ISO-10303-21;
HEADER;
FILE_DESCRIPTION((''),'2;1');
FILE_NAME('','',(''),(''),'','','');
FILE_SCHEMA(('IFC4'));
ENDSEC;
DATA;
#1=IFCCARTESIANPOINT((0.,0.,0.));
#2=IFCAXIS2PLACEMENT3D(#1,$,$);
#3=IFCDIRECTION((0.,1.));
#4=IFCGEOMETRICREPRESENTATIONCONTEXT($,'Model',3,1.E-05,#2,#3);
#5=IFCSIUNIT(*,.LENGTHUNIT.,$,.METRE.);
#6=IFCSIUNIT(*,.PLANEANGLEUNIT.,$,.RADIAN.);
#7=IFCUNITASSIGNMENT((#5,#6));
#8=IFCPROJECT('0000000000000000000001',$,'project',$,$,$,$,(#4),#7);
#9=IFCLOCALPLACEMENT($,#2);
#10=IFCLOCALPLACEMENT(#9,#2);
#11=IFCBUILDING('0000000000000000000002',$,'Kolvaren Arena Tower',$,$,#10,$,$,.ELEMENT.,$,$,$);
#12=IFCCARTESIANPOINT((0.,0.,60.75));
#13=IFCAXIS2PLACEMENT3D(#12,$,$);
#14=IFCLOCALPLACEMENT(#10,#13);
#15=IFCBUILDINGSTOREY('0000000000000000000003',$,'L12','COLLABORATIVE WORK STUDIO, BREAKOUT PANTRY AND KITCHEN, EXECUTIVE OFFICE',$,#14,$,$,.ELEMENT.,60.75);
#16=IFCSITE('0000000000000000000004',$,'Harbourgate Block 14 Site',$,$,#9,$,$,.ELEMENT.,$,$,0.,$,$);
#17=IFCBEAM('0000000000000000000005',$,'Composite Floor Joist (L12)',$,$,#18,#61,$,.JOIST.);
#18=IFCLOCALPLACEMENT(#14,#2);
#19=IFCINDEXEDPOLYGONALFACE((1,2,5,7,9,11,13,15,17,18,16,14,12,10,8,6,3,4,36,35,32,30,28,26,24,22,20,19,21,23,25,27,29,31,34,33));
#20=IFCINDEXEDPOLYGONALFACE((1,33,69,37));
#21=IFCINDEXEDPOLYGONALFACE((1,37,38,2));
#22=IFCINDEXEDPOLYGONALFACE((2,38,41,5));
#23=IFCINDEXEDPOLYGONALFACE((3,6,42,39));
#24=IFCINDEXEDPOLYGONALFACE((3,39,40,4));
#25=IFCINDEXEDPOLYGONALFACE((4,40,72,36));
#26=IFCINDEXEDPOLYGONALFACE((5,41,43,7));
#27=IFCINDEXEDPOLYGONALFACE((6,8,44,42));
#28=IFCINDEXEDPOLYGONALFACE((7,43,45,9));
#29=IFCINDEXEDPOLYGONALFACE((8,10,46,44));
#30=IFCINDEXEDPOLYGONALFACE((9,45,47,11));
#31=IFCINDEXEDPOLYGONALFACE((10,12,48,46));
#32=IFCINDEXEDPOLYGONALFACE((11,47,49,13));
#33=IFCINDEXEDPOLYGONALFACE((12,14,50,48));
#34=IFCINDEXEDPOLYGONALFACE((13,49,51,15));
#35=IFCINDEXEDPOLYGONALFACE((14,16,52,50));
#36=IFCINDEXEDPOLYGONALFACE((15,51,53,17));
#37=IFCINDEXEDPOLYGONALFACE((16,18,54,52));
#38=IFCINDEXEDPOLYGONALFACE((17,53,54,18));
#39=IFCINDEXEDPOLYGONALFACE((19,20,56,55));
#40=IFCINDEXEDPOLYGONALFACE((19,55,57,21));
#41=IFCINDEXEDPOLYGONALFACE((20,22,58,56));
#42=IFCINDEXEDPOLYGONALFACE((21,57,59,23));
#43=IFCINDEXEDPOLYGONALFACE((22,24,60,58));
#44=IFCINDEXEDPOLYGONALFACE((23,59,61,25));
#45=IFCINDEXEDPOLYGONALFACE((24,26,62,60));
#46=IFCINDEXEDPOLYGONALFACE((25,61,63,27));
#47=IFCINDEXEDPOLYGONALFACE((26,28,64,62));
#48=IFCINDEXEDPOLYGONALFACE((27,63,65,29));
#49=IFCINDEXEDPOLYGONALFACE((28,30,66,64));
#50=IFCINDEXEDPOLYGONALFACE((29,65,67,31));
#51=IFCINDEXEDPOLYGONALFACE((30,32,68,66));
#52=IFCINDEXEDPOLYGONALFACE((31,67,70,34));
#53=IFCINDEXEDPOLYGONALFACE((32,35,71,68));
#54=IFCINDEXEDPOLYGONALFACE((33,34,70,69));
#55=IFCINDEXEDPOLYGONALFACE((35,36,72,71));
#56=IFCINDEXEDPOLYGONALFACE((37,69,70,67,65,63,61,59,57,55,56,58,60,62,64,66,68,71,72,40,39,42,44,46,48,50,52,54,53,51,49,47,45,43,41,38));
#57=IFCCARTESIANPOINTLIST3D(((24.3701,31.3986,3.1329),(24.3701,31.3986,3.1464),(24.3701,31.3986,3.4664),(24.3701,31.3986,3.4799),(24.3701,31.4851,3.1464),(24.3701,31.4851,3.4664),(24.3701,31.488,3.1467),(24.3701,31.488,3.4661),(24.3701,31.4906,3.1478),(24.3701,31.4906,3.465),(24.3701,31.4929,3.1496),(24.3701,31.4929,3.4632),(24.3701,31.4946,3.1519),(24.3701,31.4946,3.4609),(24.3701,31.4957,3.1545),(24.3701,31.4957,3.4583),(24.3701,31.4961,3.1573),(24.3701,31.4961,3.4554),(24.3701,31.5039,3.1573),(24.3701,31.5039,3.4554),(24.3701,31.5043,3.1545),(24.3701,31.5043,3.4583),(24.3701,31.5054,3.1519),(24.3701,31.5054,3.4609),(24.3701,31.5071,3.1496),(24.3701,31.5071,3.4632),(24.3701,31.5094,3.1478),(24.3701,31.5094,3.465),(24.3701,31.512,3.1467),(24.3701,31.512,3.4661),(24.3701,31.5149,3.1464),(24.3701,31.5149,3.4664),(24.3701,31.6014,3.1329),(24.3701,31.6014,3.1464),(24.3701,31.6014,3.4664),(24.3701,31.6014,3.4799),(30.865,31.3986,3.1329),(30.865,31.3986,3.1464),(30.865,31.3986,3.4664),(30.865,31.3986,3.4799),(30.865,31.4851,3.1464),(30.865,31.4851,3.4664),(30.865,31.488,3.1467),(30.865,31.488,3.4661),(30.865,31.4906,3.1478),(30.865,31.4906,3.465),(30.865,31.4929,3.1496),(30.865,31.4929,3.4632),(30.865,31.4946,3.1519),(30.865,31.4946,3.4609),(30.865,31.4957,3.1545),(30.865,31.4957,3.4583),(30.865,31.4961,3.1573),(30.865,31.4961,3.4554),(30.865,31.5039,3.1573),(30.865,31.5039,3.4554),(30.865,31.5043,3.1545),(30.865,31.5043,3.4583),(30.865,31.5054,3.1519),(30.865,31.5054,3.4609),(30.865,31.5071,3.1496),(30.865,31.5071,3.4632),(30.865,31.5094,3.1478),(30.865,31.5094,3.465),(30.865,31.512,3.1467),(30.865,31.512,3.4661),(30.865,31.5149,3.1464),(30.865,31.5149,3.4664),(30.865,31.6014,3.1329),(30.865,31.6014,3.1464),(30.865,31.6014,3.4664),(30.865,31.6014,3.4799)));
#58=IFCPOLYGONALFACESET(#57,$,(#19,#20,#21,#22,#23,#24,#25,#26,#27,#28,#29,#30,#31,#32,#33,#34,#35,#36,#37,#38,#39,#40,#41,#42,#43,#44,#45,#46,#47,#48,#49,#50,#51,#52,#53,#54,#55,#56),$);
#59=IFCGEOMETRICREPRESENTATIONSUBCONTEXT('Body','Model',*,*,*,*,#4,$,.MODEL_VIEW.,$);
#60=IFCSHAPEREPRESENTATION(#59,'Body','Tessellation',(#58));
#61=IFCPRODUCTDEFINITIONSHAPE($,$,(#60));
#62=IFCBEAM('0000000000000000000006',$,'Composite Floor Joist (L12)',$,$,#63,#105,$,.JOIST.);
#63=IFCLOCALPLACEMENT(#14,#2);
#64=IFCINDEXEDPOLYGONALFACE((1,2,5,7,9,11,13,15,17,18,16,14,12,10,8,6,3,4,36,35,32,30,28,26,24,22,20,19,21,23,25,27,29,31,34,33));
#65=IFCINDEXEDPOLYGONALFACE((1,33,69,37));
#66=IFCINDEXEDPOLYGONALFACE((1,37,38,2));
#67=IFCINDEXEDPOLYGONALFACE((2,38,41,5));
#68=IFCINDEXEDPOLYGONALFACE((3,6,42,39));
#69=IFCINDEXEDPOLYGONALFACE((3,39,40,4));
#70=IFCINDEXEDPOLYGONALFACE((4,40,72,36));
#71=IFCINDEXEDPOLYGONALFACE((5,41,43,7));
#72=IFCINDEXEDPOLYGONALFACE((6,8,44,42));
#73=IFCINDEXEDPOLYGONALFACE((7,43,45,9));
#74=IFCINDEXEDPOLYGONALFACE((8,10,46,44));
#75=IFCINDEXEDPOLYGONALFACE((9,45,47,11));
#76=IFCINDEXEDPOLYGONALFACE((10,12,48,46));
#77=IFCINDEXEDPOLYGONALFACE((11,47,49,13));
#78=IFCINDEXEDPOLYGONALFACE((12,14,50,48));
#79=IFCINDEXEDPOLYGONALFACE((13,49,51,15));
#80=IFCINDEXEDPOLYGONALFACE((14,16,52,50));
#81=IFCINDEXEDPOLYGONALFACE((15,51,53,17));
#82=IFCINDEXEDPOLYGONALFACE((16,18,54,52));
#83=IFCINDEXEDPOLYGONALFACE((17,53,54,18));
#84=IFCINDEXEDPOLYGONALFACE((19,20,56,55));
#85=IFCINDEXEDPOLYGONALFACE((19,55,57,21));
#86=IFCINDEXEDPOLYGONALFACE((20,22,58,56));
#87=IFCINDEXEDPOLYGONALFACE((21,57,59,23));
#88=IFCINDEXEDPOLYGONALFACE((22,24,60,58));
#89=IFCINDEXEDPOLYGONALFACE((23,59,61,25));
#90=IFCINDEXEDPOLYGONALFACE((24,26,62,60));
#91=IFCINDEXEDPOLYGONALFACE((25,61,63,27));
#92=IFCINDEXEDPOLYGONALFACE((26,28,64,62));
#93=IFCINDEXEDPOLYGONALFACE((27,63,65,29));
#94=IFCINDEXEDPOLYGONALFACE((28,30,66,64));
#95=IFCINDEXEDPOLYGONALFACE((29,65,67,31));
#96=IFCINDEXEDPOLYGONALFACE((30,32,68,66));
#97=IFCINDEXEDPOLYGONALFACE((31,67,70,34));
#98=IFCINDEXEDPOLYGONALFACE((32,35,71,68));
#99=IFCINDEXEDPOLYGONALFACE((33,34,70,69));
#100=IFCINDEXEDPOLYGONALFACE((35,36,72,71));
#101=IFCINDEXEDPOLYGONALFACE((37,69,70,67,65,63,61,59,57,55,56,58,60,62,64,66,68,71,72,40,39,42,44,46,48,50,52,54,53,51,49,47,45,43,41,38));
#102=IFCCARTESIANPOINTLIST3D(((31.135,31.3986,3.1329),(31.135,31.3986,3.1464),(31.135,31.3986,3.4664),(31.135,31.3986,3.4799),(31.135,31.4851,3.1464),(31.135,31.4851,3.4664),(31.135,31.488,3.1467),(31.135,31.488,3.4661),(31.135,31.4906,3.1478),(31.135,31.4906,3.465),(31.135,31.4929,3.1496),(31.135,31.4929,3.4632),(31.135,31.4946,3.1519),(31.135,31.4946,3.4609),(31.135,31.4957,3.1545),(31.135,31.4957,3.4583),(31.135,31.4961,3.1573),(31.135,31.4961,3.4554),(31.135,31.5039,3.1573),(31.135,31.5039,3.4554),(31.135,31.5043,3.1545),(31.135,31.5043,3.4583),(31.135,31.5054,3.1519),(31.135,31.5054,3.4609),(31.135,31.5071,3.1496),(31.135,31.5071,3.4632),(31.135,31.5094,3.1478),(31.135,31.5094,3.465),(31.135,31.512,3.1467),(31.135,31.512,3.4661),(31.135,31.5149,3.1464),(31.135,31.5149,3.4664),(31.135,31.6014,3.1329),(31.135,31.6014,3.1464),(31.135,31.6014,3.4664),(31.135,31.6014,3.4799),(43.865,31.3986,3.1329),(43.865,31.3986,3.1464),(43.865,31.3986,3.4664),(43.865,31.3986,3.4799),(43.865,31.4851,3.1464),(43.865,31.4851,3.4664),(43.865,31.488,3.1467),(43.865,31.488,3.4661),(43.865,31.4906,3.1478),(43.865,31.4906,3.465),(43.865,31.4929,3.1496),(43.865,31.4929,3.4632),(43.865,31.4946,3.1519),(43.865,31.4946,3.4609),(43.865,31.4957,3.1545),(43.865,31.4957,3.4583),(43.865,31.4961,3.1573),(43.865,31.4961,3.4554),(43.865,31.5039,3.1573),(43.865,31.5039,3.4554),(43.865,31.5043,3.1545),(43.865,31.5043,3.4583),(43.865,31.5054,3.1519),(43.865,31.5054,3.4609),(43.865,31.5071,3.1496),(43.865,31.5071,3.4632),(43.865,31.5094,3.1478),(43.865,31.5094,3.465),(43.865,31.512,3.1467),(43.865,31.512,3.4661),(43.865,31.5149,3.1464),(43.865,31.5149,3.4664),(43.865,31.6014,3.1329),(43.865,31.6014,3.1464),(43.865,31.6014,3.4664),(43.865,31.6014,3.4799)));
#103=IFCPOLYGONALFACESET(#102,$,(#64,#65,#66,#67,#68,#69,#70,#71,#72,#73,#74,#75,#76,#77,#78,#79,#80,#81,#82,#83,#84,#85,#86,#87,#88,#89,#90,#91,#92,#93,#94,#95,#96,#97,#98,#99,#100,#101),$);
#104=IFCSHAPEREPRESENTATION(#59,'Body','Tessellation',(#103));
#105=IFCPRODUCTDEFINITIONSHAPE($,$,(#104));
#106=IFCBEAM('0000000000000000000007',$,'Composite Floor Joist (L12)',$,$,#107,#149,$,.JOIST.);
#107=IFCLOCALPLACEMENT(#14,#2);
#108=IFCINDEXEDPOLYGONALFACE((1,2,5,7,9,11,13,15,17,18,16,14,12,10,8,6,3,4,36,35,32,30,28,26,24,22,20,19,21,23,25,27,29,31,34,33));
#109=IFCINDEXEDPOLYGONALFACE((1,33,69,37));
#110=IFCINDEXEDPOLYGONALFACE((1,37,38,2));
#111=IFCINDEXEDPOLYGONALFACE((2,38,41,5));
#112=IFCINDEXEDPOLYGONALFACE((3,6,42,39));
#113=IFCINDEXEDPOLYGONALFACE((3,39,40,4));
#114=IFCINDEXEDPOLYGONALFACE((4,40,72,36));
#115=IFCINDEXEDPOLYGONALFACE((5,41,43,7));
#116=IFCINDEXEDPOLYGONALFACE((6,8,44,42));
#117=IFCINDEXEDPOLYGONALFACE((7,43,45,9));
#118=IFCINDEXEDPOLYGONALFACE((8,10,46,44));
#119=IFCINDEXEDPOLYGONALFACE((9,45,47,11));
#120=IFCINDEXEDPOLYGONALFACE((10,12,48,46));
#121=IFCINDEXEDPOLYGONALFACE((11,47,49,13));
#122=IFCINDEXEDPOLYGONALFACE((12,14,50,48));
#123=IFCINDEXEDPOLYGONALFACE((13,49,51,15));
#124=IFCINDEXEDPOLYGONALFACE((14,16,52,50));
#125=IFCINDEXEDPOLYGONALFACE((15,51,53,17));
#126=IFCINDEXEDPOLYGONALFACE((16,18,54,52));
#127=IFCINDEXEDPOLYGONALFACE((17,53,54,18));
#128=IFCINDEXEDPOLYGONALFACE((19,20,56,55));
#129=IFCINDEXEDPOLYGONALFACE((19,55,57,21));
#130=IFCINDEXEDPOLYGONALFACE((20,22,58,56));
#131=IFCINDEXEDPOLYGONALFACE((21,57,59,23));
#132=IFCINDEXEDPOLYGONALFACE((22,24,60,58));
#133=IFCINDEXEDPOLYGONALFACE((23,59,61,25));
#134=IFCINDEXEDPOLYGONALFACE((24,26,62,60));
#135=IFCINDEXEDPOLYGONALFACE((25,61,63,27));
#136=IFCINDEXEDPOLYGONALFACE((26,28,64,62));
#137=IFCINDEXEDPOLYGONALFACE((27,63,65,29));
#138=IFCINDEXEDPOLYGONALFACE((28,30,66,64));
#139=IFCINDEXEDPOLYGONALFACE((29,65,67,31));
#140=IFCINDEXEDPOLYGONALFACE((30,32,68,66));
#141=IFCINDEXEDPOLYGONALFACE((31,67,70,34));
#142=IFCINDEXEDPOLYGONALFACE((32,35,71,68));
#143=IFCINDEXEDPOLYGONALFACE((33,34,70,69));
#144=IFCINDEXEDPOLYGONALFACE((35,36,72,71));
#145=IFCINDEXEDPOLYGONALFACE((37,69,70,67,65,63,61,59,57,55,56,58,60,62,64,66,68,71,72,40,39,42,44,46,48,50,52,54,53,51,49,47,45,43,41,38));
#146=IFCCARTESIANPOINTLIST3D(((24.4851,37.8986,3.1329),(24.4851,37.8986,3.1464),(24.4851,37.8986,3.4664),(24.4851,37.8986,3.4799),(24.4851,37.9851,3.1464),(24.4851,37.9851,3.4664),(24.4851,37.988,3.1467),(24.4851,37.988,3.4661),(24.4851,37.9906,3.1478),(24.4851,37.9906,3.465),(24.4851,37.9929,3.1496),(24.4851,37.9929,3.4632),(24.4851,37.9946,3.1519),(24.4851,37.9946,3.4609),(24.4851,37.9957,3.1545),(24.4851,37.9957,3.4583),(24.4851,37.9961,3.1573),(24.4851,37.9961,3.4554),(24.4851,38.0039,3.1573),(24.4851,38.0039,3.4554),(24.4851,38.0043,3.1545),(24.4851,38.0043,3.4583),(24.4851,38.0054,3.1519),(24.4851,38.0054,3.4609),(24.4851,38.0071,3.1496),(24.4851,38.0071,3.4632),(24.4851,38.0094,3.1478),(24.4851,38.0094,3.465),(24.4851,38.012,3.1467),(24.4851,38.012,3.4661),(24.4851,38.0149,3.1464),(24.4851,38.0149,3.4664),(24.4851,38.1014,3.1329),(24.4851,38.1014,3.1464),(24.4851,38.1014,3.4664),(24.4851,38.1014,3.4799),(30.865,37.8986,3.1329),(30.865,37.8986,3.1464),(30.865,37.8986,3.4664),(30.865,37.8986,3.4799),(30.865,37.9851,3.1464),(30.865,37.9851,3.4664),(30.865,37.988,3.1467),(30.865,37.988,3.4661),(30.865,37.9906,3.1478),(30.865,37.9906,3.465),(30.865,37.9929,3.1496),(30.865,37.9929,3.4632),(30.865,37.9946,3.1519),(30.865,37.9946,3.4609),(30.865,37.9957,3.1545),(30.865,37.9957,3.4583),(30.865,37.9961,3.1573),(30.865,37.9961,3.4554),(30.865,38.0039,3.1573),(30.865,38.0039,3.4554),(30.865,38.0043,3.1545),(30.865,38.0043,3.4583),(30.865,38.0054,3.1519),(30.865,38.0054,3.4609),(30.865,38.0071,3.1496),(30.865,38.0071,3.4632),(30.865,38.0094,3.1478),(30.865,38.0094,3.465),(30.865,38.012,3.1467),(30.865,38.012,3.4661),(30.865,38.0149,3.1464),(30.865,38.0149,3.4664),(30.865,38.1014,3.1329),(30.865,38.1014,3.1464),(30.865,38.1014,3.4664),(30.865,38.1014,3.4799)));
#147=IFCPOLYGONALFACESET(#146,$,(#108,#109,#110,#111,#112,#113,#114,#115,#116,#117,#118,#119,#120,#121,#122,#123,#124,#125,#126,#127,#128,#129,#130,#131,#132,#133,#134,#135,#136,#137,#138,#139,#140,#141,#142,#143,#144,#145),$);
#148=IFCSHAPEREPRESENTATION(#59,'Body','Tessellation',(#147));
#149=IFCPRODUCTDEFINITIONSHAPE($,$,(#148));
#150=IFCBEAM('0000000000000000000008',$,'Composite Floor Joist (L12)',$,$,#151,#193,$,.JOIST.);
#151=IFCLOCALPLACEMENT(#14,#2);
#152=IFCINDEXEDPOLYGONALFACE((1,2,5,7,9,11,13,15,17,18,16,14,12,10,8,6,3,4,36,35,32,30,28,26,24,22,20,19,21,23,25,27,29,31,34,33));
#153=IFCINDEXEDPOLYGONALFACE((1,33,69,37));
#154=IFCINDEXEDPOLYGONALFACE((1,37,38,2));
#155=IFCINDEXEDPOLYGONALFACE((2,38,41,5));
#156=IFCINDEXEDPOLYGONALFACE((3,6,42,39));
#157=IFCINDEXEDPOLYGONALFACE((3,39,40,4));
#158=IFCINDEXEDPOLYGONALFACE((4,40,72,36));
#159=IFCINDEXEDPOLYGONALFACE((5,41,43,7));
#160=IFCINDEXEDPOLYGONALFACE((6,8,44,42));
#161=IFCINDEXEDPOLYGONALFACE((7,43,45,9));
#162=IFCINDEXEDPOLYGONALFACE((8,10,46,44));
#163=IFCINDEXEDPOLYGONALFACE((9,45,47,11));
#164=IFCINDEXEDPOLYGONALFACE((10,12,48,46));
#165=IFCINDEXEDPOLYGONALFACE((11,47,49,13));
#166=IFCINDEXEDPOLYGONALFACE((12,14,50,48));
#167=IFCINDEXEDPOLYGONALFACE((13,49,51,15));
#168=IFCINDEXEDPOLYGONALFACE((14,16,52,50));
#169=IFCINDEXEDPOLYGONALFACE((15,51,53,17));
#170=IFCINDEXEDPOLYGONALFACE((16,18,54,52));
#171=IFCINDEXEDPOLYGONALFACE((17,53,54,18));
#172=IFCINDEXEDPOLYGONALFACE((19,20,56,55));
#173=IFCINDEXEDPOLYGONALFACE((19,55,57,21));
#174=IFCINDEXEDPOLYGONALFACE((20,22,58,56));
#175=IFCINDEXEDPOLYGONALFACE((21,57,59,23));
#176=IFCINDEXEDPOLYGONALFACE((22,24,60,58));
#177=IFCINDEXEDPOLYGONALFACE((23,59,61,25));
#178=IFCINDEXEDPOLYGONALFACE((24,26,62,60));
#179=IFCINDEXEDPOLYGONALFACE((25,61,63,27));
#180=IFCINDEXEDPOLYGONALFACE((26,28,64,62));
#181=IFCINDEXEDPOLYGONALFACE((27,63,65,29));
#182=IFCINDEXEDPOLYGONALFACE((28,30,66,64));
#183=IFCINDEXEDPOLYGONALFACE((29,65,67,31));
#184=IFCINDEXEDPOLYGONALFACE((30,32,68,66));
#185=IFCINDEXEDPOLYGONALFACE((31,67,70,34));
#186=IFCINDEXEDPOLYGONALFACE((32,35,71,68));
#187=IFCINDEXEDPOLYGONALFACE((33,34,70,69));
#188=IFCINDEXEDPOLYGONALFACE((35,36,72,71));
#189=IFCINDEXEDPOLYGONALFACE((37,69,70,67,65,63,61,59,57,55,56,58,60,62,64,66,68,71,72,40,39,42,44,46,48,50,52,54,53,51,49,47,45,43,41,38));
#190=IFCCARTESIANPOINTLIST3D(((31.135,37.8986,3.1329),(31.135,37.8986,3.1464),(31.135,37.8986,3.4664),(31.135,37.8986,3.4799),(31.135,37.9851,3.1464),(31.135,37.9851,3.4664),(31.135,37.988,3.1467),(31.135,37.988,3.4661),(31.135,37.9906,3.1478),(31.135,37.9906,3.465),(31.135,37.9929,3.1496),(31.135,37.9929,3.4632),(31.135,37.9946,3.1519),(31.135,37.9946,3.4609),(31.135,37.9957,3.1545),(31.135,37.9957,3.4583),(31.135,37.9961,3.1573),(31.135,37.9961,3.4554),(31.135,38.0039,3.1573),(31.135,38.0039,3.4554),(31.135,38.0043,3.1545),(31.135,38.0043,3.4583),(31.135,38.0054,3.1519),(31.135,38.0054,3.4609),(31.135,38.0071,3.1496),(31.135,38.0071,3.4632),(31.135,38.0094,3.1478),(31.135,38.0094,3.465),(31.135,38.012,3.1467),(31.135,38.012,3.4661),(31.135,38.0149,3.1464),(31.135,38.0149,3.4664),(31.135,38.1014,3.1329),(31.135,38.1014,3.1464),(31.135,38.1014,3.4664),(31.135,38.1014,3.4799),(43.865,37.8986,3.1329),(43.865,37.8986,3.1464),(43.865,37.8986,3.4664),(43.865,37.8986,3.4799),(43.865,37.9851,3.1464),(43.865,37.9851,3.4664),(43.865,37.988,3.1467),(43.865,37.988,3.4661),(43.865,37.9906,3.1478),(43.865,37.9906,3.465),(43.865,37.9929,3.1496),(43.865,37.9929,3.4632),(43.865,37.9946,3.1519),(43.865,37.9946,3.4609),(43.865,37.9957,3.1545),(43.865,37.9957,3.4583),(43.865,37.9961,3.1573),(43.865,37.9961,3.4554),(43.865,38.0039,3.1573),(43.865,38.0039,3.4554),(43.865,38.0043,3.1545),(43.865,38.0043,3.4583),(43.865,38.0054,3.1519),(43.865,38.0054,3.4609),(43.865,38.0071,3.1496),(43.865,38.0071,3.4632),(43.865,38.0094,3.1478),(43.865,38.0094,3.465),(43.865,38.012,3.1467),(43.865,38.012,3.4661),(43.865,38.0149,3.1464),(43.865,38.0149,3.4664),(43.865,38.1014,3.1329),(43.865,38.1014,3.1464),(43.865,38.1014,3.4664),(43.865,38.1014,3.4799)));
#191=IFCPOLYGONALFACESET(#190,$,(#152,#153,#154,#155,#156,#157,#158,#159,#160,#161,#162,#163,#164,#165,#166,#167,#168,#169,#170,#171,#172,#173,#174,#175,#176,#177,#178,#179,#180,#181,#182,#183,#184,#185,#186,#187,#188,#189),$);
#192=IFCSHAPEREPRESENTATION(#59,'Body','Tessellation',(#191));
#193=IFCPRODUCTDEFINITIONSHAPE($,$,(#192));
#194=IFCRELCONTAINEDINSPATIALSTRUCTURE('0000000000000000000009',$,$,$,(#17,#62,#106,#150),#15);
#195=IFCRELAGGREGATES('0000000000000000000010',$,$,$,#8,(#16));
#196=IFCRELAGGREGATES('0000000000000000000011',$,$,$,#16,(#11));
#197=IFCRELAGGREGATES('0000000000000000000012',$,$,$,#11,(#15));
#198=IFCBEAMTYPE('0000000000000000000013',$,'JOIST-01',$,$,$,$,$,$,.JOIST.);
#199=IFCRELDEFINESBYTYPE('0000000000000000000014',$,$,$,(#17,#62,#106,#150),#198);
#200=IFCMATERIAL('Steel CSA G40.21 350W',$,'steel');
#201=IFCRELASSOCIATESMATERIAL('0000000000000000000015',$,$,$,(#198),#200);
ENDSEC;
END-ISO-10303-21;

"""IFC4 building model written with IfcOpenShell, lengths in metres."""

from ifc_helpers import new_model, si_unit, direction, frame, origin, origin_2d, place, context, subcontext, project, spatial, i_section, extrude, material, material_profile, profile_set, type_object, element, save


model = new_model("IFC4")

# Units and contexts
model_context = context("Model", 3, precision=1e-05, world=origin(), true_north=direction((0.0, 1.0)))
body_context = subcontext(model_context, "Body", "Model", "MODEL_VIEW")
ifc_project = project(units=[si_unit("LENGTHUNIT", "METRE"), si_unit("PLANEANGLEUNIT", "RADIAN")], contexts=[model_context])

# Site, building, storey
site_placement = place(None, origin())
site = spatial("IfcSite", under=ifc_project, at=site_placement, Name="Harbourgate Block 14 Site", CompositionType="ELEMENT", RefElevation=0.0)
building_placement = place(site_placement, origin())
building = spatial("IfcBuilding", under=site, at=building_placement, Name="Kolvaren Arena Tower", CompositionType="ELEMENT")
storey_placement = place(building_placement, frame((0.0, 0.0, 60.75)))
storey = spatial("IfcBuildingStorey", under=building, at=storey_placement, Name="L12", Description="COLLABORATIVE WORK STUDIO, BREAKOUT PANTRY AND KITCHEN, EXECUTIVE OFFICE", CompositionType="ELEMENT", Elevation=60.75)

# Beams
ifc_material_1 = material(Name="Steel CSA G40.21 350W", Category="steel")
ifc_material_profile_1 = material_profile(ifc_material_1, i_section(OverallWidth=0.2029, OverallDepth=0.3469, WebThickness=0.0078, FlangeThickness=0.0134, FilletRadius=0.011, at=origin_2d()), Name="W360x64")
ifc_profile_set_1 = profile_set([ifc_material_profile_1], Name="Steel CSA G40.21 350W")
beam_type_1 = type_object("IfcBeamType", Name="JOIST-01", PredefinedType="JOIST", material=ifc_profile_set_1)
beam_1_placement = place(storey_placement, frame((24.3701, 31.5, 3.3064), z_axis=(1.0, 0.0, 0.0), x_axis=(0.0, 1.0, 0.0)))
element("IfcBeam", 1, at=beam_1_placement, inside=storey, type_object=beam_type_1, Name="Composite Floor Joist (L12)", PredefinedType="JOIST", context=body_context, shape_type="SweptSolid", body=[
    extrude(i_section(OverallWidth=0.2029, OverallDepth=0.3469, WebThickness=0.0078, FlangeThickness=0.0134, FilletRadius=0.011, at=origin_2d()), origin(), (0.0, 0.0, 1.0), 6.4949),
])
beam_2_placement = place(storey_placement, frame((31.135, 31.5, 3.3064), z_axis=(1.0, 0.0, 0.0), x_axis=(0.0, 1.0, 0.0)))
element("IfcBeam", 2, at=beam_2_placement, inside=storey, type_object=beam_type_1, Name="Composite Floor Joist (L12)", PredefinedType="JOIST", context=body_context, shape_type="SweptSolid", body=[
    extrude(i_section(OverallWidth=0.2029, OverallDepth=0.3469, WebThickness=0.0078, FlangeThickness=0.0134, FilletRadius=0.011, at=origin_2d()), origin(), (0.0, 0.0, 1.0), 12.73),
])
beam_3_placement = place(storey_placement, frame((24.4851, 38.0, 3.3064), z_axis=(1.0, 0.0, 0.0), x_axis=(0.0, 1.0, 0.0)))
element("IfcBeam", 3, at=beam_3_placement, inside=storey, type_object=beam_type_1, Name="Composite Floor Joist (L12)", PredefinedType="JOIST", context=body_context, shape_type="SweptSolid", body=[
    extrude(i_section(OverallWidth=0.2029, OverallDepth=0.3469, WebThickness=0.0078, FlangeThickness=0.0134, FilletRadius=0.011, at=origin_2d()), origin(), (0.0, 0.0, 1.0), 6.3799),
])
beam_4_placement = place(storey_placement, frame((31.135, 38.0, 3.3064), z_axis=(1.0, 0.0, 0.0), x_axis=(0.0, 1.0, 0.0)))
element("IfcBeam", 4, at=beam_4_placement, inside=storey, type_object=beam_type_1, Name="Composite Floor Joist (L12)", PredefinedType="JOIST", context=body_context, shape_type="SweptSolid", body=[
    extrude(i_section(OverallWidth=0.2029, OverallDepth=0.3469, WebThickness=0.0078, FlangeThickness=0.0134, FilletRadius=0.011, at=origin_2d()), origin(), (0.0, 0.0, 1.0), 12.73),
])

save(model, "model.ifc")
